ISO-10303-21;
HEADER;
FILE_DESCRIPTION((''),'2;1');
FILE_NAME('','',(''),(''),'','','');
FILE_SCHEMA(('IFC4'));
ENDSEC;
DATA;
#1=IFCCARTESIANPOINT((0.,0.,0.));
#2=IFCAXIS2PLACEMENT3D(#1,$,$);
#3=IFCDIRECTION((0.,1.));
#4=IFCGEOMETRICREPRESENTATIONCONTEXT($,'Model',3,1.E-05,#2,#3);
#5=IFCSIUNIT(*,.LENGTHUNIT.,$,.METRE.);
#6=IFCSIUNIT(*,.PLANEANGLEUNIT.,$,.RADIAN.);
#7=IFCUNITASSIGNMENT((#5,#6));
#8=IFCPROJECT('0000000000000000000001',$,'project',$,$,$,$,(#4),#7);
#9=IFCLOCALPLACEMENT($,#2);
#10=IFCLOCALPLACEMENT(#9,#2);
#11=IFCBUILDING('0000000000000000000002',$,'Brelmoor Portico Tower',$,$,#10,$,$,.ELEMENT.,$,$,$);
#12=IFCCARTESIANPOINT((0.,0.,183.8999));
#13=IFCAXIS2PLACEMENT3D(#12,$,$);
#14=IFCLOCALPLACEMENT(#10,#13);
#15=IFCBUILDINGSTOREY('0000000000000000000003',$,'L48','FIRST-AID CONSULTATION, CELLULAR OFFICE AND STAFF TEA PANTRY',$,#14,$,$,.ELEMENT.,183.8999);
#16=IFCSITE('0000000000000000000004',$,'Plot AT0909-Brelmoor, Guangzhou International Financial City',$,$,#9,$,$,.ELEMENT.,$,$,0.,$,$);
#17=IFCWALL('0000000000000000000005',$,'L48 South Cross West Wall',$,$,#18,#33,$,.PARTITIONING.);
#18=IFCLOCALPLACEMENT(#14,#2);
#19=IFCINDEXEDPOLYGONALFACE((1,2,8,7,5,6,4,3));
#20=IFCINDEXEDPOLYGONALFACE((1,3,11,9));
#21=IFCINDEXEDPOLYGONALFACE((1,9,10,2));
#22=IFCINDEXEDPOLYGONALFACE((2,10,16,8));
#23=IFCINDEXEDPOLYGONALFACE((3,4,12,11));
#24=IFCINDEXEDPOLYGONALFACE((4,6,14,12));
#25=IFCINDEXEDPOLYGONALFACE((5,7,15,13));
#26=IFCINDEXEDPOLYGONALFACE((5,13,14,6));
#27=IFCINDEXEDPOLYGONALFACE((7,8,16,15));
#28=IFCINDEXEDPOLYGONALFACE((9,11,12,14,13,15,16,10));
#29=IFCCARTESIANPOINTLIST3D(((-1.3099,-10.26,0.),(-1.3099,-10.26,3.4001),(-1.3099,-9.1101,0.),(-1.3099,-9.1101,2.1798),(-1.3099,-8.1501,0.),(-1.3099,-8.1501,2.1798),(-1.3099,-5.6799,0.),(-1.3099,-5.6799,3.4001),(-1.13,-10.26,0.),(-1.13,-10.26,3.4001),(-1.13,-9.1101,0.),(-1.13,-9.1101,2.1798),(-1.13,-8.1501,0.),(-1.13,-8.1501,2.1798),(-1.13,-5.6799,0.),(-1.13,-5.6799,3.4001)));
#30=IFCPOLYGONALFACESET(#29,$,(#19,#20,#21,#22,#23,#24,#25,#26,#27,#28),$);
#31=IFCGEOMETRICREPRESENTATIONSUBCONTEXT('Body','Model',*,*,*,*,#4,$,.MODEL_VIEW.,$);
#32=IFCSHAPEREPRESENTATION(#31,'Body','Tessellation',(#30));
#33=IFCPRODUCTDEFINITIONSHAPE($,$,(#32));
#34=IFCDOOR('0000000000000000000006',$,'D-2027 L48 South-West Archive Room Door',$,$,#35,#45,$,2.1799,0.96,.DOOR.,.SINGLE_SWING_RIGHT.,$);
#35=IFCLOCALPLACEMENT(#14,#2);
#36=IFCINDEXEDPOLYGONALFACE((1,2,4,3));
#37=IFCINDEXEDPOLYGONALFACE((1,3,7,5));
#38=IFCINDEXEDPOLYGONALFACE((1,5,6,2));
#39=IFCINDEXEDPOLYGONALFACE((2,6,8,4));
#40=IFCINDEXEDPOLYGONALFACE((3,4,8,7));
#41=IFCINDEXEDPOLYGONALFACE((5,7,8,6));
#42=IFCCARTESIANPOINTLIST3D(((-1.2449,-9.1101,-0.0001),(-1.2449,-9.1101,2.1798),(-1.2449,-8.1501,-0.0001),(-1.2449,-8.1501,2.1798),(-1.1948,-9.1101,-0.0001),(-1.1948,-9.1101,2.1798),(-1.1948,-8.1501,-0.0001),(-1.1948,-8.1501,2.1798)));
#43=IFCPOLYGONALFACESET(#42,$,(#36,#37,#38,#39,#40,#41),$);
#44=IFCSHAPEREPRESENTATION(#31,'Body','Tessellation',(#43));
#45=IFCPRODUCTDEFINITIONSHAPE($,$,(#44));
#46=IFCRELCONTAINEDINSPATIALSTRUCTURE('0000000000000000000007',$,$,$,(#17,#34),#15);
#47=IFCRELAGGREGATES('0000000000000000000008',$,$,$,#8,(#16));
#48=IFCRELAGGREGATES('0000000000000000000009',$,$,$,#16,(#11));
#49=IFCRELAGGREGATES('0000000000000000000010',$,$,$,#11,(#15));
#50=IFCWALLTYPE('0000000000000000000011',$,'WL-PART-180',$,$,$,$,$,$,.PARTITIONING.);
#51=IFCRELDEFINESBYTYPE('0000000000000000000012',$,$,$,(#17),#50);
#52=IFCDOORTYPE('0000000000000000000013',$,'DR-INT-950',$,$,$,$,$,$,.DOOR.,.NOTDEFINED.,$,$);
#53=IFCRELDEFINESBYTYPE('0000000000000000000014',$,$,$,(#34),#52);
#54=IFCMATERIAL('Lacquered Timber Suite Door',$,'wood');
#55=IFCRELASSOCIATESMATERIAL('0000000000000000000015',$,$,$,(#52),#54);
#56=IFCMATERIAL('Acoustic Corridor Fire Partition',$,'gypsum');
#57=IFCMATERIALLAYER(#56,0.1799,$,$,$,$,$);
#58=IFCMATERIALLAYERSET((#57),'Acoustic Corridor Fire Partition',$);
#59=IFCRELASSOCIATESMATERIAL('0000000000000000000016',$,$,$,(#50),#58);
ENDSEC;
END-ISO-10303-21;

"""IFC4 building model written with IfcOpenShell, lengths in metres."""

from ifc_helpers import new_model, si_unit, direction, frame, frame_2d, origin, place, context, subcontext, project, spatial, rectangle, extrude, material, layer, layer_set, type_object, element, fill, save


model = new_model("IFC4")

# Units and contexts
model_context = context("Model", 3, precision=1e-05, world=origin(), true_north=direction((0.0, 1.0)))
body_context = subcontext(model_context, "Body", "Model", "MODEL_VIEW")
ifc_project = project(units=[si_unit("LENGTHUNIT", "METRE"), si_unit("PLANEANGLEUNIT", "RADIAN")], contexts=[model_context])

# Site, building, storey
site_placement = place(None, origin())
site = spatial("IfcSite", under=ifc_project, at=site_placement, Name="Plot AT0909-Brelmoor, Guangzhou International Financial City", CompositionType="ELEMENT", RefElevation=0.0)
building_placement = place(site_placement, origin())
building = spatial("IfcBuilding", under=site, at=building_placement, Name="Brelmoor Portico Tower", CompositionType="ELEMENT")
storey_placement = place(building_placement, frame((0.0, 0.0, 183.8999)))
storey = spatial("IfcBuildingStorey", under=building, at=storey_placement, Name="L48", Description="FIRST-AID CONSULTATION, CELLULAR OFFICE AND STAFF TEA PANTRY", CompositionType="ELEMENT", Elevation=183.8999)

# Wall, opening, door
ifc_material_1 = material(Name="Lacquered Timber Suite Door", Category="wood")
door_type_1 = type_object("IfcDoorType", Name="DR-INT-950", OperationType="NOTDEFINED", PredefinedType="DOOR", material=ifc_material_1)
ifc_material_2 = material(Name="Acoustic Corridor Fire Partition", Category="gypsum")
ifc_layer_1 = layer(ifc_material_2, 0.1799)
ifc_layer_set_1 = layer_set([ifc_layer_1], Name="Acoustic Corridor Fire Partition")
wall_type_1 = type_object("IfcWallType", Name="WL-PART-180", PredefinedType="PARTITIONING", material=ifc_layer_set_1)
wall_1_placement = place(storey_placement, frame((-1.22, -10.26, 0.0), z_axis=(0.0, 0.0, 1.0), x_axis=(0.0, 1.0, 0.0)))
wall_1 = element("IfcWall", 1, at=wall_1_placement, inside=storey, type_object=wall_type_1, Name="L48 South Cross West Wall", PredefinedType="PARTITIONING", context=body_context, shape_type="SweptSolid", body=[
    extrude(rectangle(XDim=4.5801, YDim=0.1799, at=frame_2d((2.29, 0.0))), origin(), (0.0, 0.0, 1.0), 3.4001),
])
opening_1_placement = place(wall_1_placement, frame((1.1499, 0.0, 0.0)))
opening_1 = element("IfcOpeningElement", 2, at=opening_1_placement, cuts=wall_1, PredefinedType="OPENING", context=body_context, shape_type="SweptSolid", body=[
    extrude(rectangle(XDim=0.96, YDim=2.1799, at=frame_2d((0.48, 1.0898))), frame((0.0, 0.0999, 0.0), z_axis=(0.0, -1.0, 0.0), x_axis=(1.0, 0.0, 0.0)), (0.0, 0.0, 1.0), 0.2),
])
door_1_placement = place(opening_1_placement, origin())
door_1 = element("IfcDoor", 3, at=door_1_placement, inside=storey, type_object=door_type_1, Name="D-2027 L48 South-West Archive Room Door", OperationType="SINGLE_SWING_RIGHT", OverallHeight=2.1799, OverallWidth=0.96, PredefinedType="DOOR", context=body_context, shape_type="SweptSolid", body=[
    extrude(rectangle(XDim=0.96, YDim=2.1799, at=frame_2d((0.48, 1.0898))), frame((0.0, 0.0249, 0.0), z_axis=(0.0, -1.0, 0.0), x_axis=(1.0, 0.0, 0.0)), (0.0, 0.0, 1.0), 0.05),
])
fill(opening_1, door_1)

save(model, "model.ifc")
